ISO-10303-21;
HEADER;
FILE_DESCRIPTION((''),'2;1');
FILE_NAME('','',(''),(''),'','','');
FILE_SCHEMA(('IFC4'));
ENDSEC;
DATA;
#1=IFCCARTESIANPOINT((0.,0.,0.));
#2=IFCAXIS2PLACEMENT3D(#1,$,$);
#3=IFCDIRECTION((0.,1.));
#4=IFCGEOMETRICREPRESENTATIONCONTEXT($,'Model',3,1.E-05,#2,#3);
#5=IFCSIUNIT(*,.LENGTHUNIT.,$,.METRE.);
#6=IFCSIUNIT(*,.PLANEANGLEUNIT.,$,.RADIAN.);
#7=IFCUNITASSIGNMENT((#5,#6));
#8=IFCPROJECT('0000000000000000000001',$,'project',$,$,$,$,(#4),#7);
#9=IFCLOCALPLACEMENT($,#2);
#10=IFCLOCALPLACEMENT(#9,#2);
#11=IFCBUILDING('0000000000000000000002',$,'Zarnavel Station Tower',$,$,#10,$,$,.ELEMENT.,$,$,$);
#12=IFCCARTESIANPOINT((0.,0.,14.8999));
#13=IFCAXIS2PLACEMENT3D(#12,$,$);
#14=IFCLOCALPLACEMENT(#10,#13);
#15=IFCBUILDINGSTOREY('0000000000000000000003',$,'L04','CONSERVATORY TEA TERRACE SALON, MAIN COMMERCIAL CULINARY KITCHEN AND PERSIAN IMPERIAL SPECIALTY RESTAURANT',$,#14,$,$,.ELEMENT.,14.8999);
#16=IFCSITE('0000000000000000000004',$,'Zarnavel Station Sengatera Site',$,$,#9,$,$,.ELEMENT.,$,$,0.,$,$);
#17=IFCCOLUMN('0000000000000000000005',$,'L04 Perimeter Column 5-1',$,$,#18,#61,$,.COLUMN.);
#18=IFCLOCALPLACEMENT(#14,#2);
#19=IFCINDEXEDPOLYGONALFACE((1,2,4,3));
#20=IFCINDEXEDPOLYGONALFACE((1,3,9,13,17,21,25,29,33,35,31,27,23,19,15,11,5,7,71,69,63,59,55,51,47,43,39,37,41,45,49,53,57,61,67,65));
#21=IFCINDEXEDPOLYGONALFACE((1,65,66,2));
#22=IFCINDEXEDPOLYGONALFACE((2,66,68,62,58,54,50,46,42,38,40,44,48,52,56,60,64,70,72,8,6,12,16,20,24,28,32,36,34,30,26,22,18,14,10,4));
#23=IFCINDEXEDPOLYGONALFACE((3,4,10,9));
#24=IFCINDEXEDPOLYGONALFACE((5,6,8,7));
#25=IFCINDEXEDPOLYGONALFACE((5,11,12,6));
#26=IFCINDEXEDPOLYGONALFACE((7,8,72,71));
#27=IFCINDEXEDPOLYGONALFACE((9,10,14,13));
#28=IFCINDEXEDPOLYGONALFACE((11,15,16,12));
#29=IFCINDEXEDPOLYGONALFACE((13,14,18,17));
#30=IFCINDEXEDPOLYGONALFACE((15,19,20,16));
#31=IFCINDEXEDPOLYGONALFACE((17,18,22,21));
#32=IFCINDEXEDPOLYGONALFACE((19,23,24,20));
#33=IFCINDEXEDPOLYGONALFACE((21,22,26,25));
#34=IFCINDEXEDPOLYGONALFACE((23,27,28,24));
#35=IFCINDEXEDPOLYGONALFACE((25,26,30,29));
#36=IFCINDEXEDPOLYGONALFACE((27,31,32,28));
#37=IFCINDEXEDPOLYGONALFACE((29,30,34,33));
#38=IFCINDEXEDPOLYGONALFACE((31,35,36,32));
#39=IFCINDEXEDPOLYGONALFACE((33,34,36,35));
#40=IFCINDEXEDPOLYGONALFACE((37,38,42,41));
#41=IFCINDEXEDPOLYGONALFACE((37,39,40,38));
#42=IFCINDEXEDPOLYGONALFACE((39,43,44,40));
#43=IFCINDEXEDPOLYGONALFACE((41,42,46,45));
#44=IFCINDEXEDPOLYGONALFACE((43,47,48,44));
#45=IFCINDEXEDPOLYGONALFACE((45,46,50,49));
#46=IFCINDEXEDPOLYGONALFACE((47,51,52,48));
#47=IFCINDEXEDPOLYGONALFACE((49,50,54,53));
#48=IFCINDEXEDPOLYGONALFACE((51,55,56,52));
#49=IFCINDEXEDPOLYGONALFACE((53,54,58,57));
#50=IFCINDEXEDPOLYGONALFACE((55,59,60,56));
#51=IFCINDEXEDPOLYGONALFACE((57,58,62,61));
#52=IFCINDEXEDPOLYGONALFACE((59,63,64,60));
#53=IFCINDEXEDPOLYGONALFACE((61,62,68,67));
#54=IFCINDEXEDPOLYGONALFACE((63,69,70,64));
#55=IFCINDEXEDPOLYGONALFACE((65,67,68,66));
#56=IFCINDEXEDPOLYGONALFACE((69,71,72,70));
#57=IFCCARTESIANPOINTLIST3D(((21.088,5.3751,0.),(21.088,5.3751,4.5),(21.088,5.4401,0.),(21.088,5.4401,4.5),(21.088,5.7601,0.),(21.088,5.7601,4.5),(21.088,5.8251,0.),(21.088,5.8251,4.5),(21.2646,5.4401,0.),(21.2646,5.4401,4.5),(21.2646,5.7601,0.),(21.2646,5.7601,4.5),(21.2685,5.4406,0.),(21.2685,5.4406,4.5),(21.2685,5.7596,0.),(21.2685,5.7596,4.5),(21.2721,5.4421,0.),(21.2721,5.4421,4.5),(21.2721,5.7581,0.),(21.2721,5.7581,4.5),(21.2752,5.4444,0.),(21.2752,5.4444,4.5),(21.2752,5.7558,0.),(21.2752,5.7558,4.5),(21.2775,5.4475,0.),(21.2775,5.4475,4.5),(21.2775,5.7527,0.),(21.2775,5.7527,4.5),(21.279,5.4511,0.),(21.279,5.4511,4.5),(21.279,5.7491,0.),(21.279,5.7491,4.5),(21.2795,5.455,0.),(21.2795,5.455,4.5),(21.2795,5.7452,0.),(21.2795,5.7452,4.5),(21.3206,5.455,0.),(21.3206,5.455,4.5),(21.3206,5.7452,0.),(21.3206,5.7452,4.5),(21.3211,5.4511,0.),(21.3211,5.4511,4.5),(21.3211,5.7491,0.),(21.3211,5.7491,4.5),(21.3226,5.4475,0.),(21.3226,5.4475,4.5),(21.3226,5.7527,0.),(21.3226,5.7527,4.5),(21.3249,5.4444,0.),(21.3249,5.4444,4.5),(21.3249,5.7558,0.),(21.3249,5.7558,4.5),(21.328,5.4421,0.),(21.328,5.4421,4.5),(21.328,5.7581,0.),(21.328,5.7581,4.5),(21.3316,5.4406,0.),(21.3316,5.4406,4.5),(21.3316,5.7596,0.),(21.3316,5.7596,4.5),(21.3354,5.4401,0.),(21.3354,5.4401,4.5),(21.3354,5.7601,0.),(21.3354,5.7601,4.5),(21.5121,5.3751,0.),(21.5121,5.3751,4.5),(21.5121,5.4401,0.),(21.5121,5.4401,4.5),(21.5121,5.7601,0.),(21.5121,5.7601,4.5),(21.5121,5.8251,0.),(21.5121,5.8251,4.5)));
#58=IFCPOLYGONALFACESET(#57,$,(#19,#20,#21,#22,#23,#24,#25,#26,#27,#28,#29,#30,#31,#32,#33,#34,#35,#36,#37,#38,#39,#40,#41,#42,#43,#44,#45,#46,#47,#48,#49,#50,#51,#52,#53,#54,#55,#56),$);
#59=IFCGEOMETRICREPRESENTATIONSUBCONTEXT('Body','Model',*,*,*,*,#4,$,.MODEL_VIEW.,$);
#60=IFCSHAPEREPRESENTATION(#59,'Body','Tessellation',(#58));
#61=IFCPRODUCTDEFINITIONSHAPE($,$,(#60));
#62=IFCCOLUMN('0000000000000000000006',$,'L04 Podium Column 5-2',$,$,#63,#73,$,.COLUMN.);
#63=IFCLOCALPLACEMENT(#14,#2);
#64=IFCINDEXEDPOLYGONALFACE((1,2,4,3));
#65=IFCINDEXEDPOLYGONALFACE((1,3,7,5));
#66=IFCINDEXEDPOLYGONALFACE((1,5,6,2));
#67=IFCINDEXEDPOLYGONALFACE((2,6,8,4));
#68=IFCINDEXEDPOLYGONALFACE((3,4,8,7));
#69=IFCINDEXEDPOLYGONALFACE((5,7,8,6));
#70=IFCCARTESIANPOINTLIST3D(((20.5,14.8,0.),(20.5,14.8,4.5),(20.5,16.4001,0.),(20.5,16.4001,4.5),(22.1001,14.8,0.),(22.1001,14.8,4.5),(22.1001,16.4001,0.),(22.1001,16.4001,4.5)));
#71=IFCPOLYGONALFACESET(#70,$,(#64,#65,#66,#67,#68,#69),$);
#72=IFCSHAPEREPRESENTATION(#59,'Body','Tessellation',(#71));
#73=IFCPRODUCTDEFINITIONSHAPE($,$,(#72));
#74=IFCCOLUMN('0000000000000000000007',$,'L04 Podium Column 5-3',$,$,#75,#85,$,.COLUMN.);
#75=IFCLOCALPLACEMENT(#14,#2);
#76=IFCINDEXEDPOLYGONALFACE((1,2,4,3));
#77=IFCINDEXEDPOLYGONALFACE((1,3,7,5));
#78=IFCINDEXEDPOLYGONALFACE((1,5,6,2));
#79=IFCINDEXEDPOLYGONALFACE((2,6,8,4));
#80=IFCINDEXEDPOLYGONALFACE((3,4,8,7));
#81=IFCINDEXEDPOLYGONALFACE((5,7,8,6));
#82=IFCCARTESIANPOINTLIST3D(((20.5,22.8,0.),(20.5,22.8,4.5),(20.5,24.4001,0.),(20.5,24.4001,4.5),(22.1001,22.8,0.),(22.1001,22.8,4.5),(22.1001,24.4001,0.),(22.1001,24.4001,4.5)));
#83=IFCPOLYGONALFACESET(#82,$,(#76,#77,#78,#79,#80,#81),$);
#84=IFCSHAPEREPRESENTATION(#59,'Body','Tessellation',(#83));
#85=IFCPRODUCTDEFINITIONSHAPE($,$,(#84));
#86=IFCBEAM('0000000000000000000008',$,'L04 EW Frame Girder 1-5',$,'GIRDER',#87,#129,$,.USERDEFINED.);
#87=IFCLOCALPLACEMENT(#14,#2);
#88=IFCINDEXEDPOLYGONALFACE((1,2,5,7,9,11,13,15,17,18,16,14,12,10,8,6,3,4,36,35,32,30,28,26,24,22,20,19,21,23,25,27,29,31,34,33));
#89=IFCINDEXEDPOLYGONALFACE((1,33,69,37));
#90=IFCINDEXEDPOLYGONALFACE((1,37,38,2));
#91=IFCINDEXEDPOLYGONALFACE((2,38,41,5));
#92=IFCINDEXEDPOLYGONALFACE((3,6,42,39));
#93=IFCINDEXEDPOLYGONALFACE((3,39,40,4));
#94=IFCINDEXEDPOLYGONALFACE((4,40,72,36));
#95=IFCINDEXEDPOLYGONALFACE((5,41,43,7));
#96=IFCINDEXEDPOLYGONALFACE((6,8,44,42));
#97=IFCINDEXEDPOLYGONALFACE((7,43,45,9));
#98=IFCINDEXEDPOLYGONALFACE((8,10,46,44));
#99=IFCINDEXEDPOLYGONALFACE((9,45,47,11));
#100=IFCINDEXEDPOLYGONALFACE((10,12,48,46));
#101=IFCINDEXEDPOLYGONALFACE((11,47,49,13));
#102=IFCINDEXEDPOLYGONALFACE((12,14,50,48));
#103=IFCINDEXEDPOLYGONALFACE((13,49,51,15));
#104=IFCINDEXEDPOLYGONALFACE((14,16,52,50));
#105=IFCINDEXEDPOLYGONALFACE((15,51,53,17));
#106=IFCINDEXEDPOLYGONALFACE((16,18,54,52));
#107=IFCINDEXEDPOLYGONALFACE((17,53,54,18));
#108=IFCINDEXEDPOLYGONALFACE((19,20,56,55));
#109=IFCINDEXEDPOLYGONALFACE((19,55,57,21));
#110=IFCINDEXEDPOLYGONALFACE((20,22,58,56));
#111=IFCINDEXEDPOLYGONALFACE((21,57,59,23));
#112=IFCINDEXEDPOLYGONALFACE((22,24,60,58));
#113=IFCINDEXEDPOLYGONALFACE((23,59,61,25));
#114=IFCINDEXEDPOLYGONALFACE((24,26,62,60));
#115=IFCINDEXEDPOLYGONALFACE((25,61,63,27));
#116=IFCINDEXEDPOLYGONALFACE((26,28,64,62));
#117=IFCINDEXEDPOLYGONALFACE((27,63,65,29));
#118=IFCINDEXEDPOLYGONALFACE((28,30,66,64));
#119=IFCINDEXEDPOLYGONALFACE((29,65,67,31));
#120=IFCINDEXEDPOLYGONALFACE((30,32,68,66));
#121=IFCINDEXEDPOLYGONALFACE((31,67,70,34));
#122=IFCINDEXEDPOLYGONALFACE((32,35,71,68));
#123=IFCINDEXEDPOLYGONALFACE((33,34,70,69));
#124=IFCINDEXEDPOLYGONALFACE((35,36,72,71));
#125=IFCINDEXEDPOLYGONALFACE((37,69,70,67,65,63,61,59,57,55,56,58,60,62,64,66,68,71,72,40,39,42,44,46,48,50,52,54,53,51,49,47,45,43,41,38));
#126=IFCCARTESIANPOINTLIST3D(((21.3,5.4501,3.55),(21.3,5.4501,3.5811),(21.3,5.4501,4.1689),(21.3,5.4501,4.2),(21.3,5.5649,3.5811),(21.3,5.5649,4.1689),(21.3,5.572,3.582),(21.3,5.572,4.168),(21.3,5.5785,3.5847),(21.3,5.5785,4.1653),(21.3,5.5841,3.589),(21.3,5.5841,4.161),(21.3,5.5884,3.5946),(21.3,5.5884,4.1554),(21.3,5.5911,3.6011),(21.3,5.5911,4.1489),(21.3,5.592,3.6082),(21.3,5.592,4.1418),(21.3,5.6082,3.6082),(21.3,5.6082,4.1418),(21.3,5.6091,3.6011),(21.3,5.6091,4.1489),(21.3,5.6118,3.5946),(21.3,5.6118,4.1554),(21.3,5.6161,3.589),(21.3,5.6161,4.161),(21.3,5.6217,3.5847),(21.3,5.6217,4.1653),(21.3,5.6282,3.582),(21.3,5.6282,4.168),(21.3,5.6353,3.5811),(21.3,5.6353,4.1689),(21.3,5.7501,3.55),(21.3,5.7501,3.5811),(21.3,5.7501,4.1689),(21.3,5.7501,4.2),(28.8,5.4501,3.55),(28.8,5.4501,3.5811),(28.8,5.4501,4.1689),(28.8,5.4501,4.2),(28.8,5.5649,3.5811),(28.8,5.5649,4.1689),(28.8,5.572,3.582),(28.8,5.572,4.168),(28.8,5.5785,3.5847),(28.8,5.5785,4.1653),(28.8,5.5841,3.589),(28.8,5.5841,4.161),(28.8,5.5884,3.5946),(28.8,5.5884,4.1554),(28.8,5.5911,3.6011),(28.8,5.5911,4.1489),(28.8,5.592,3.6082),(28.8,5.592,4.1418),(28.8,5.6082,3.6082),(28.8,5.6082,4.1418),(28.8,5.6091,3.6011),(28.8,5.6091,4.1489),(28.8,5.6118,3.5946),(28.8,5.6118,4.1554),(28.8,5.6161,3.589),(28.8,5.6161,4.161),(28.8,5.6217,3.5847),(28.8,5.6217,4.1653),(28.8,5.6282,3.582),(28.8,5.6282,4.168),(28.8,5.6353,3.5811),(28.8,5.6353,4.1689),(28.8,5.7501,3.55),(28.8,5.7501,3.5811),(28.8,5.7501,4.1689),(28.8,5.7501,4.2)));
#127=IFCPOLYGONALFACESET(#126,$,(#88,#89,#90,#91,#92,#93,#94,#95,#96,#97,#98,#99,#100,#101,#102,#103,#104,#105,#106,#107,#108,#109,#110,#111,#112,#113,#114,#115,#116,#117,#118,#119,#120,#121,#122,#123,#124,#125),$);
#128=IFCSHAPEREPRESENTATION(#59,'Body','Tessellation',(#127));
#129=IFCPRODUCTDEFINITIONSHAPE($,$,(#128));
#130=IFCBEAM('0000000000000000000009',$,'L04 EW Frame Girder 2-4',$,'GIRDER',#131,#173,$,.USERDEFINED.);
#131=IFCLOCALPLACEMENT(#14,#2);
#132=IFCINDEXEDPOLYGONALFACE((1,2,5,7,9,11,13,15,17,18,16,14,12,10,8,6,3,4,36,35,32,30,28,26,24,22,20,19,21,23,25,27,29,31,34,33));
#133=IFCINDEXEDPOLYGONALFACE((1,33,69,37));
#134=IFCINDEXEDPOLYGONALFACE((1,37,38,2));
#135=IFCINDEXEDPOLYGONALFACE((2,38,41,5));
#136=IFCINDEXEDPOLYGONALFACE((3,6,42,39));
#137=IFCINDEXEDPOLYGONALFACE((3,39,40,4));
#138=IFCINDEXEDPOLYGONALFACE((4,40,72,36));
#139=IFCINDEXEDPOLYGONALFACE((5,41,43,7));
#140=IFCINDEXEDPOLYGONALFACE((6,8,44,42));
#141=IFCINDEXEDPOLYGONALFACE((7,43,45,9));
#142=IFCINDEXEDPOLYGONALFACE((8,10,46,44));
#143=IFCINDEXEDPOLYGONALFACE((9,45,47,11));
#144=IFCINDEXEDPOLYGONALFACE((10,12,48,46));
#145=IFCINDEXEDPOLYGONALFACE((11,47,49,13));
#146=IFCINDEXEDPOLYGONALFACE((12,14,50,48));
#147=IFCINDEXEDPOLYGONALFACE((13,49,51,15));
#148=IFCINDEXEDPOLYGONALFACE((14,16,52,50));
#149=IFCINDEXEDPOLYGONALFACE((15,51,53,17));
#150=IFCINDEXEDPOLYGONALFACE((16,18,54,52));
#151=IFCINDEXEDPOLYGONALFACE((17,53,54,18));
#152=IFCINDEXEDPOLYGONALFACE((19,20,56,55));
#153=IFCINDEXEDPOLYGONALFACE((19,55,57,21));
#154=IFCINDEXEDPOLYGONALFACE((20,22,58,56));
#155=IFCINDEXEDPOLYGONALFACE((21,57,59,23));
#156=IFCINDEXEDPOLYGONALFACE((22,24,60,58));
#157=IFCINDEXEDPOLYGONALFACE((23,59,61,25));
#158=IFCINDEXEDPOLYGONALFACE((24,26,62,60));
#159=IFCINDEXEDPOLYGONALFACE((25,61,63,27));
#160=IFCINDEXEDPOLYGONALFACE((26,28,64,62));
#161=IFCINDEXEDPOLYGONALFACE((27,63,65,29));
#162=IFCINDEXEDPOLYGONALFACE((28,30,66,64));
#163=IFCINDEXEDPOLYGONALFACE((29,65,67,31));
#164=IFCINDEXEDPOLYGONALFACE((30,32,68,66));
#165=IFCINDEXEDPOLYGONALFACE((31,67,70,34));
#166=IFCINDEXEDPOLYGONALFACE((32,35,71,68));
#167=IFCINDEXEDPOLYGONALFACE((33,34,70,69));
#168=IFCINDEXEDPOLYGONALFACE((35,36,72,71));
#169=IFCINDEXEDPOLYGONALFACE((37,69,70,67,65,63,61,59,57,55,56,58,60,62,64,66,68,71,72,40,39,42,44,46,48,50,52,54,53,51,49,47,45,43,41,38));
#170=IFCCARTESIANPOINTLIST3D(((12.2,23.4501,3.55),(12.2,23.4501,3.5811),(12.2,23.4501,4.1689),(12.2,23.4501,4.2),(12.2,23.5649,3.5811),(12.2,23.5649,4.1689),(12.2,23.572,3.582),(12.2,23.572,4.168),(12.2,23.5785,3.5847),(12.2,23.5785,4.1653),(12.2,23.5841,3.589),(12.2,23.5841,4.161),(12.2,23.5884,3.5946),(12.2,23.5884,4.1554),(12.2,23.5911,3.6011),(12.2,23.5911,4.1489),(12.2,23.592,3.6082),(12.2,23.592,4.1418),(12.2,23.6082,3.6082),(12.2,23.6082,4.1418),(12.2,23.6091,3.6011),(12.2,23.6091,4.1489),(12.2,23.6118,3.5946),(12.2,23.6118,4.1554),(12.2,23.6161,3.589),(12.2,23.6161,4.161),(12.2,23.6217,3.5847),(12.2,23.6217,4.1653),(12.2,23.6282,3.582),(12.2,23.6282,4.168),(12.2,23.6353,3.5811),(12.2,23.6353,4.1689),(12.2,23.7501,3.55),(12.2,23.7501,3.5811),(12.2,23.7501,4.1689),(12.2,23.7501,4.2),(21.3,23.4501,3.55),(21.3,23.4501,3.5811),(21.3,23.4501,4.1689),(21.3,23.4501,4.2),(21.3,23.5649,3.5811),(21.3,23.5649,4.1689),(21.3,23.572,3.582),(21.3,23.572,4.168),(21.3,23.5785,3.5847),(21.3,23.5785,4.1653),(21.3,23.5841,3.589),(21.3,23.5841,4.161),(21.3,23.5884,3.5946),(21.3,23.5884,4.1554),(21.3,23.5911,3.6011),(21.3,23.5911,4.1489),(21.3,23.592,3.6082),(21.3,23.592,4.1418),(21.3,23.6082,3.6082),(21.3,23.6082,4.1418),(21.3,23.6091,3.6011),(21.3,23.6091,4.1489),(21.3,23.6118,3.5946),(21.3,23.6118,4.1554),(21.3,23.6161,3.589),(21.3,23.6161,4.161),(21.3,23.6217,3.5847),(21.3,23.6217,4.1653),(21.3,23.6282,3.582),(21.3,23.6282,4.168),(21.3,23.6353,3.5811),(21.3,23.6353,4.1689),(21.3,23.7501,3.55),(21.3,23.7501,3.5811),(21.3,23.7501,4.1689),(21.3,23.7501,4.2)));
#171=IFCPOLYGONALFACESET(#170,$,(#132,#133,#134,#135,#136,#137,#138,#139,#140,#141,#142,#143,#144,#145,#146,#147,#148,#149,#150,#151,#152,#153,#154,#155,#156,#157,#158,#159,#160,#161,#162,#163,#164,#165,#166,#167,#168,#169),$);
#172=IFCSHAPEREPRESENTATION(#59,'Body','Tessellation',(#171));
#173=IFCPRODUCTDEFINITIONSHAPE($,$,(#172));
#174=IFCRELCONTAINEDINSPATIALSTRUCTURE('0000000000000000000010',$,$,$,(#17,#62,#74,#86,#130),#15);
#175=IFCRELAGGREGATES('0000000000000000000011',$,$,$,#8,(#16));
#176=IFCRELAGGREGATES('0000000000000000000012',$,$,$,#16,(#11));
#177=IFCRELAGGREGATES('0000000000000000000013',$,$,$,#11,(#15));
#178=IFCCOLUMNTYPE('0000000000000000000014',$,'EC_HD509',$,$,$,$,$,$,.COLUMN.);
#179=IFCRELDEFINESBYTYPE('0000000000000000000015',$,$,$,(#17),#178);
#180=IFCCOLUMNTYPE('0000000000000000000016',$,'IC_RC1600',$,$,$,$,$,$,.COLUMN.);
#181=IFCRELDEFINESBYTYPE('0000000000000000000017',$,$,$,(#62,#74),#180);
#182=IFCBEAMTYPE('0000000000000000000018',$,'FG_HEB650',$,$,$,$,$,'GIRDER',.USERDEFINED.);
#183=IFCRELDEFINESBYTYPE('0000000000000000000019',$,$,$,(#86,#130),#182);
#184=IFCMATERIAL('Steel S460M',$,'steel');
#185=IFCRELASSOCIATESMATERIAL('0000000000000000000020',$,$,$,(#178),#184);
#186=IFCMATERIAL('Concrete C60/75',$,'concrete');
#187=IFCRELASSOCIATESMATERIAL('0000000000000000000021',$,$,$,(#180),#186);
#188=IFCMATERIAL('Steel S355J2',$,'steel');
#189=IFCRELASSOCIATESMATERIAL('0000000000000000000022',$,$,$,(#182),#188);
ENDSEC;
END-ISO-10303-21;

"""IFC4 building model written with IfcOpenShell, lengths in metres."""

from ifc_helpers import new_model, si_unit, direction, frame, origin, origin_2d, place, context, subcontext, project, spatial, rectangle, i_section, extrude, material, material_profile, profile_set, type_object, element, save


model = new_model("IFC4")

# Units and contexts
model_context = context("Model", 3, precision=1e-05, world=origin(), true_north=direction((0.0, 1.0)))
body_context = subcontext(model_context, "Body", "Model", "MODEL_VIEW")
ifc_project = project(units=[si_unit("LENGTHUNIT", "METRE"), si_unit("PLANEANGLEUNIT", "RADIAN")], contexts=[model_context])

# Site, building, storey
site_placement = place(None, origin())
site = spatial("IfcSite", under=ifc_project, at=site_placement, Name="Zarnavel Station Sengatera Site", CompositionType="ELEMENT", RefElevation=0.0)
building_placement = place(site_placement, origin())
building = spatial("IfcBuilding", under=site, at=building_placement, Name="Zarnavel Station Tower", CompositionType="ELEMENT")
storey_placement = place(building_placement, frame((0.0, 0.0, 14.8999)))
storey = spatial("IfcBuildingStorey", under=building, at=storey_placement, Name="L04", Description="CONSERVATORY TEA TERRACE SALON, MAIN COMMERCIAL CULINARY KITCHEN AND PERSIAN IMPERIAL SPECIALTY RESTAURANT", CompositionType="ELEMENT", Elevation=14.8999)

# Columns
ifc_material_1 = material(Name="Steel S460M", Category="steel")
ifc_material_profile_1 = material_profile(ifc_material_1, i_section(OverallWidth=0.4241, OverallDepth=0.45, WebThickness=0.041, FlangeThickness=0.0649, FilletRadius=0.0149, at=origin_2d()), Name="HD400x509")
ifc_profile_set_1 = profile_set([ifc_material_profile_1], Name="Steel S460M")
column_type_1 = type_object("IfcColumnType", Name="EC_HD509", PredefinedType="COLUMN", material=ifc_profile_set_1)
column_placement = place(storey_placement, frame((21.3, 5.6001, 0.0), z_axis=(0.0, 0.0, 1.0), x_axis=(1.0, 0.0, 0.0)))
element("IfcColumn", 1, at=column_placement, inside=storey, type_object=column_type_1, Name="L04 Perimeter Column 5-1", PredefinedType="COLUMN", context=body_context, shape_type="SweptSolid", body=[
    extrude(i_section(OverallWidth=0.4241, OverallDepth=0.45, WebThickness=0.041, FlangeThickness=0.0649, FilletRadius=0.0149, at=origin_2d()), origin(), (0.0, 0.0, 1.0), 4.5),
])
ifc_material_2 = material(Name="Concrete C60/75", Category="concrete")
ifc_material_profile_2 = material_profile(ifc_material_2, rectangle(XDim=1.6001, YDim=1.6001, at=origin_2d()), Name="RC1600x1600")
ifc_profile_set_2 = profile_set([ifc_material_profile_2], Name="Concrete C60/75")
column_type_2 = type_object("IfcColumnType", Name="IC_RC1600", PredefinedType="COLUMN", material=ifc_profile_set_2)
for number, where, z_axis, x_axis, name in (
    (2, (21.3, 15.6001, 0.0), (0.0, 0.0, 1.0), (1.0, 0.0, 0.0), "L04 Podium Column 5-2"),
    (3, (21.3, 23.6001, 0.0), (0.0, 0.0, 1.0), (1.0, 0.0, 0.0), "L04 Podium Column 5-3"),
):
    element("IfcColumn", number, at=place(storey_placement, frame(where, z_axis=z_axis, x_axis=x_axis)), inside=storey, type_object=column_type_2, Name=name, PredefinedType="COLUMN", context=body_context, shape_type="SweptSolid", body=[
        extrude(rectangle(XDim=1.6001, YDim=1.6001, at=origin_2d()), origin(), (0.0, 0.0, 1.0), 4.5),
    ])

# Beams
ifc_material_3 = material(Name="Steel S355J2", Category="steel")
ifc_material_profile_3 = material_profile(ifc_material_3, i_section(OverallWidth=0.3, OverallDepth=0.6499, WebThickness=0.0161, FlangeThickness=0.031, FilletRadius=0.0271, at=origin_2d()), Name="HEB650")
ifc_profile_set_3 = profile_set([ifc_material_profile_3], Name="Steel S355J2")
beam_type_1 = type_object("IfcBeamType", Name="FG_HEB650", ElementType="GIRDER", PredefinedType="USERDEFINED", material=ifc_profile_set_3)
beam_1_placement = place(storey_placement, frame((21.3, 5.6001, 3.875), z_axis=(1.0, 0.0, 0.0), x_axis=(0.0, 1.0, 0.0)))
element("IfcBeam", 4, at=beam_1_placement, inside=storey, type_object=beam_type_1, Name="L04 EW Frame Girder 1-5", ObjectType="GIRDER", PredefinedType="USERDEFINED", context=body_context, shape_type="SweptSolid", body=[
    extrude(i_section(OverallWidth=0.3, OverallDepth=0.6499, WebThickness=0.0161, FlangeThickness=0.031, FilletRadius=0.0271, at=origin_2d()), origin(), (0.0, 0.0, 1.0), 7.5),
])
beam_2_placement = place(storey_placement, frame((12.2, 23.6001, 3.875), z_axis=(1.0, 0.0, 0.0), x_axis=(0.0, 1.0, 0.0)))
element("IfcBeam", 5, at=beam_2_placement, inside=storey, type_object=beam_type_1, Name="L04 EW Frame Girder 2-4", ObjectType="GIRDER", PredefinedType="USERDEFINED", context=body_context, shape_type="SweptSolid", body=[
    extrude(i_section(OverallWidth=0.3, OverallDepth=0.6499, WebThickness=0.0161, FlangeThickness=0.031, FilletRadius=0.0271, at=origin_2d()), origin(), (0.0, 0.0, 1.0), 9.1001),
])

save(model, "model.ifc")
